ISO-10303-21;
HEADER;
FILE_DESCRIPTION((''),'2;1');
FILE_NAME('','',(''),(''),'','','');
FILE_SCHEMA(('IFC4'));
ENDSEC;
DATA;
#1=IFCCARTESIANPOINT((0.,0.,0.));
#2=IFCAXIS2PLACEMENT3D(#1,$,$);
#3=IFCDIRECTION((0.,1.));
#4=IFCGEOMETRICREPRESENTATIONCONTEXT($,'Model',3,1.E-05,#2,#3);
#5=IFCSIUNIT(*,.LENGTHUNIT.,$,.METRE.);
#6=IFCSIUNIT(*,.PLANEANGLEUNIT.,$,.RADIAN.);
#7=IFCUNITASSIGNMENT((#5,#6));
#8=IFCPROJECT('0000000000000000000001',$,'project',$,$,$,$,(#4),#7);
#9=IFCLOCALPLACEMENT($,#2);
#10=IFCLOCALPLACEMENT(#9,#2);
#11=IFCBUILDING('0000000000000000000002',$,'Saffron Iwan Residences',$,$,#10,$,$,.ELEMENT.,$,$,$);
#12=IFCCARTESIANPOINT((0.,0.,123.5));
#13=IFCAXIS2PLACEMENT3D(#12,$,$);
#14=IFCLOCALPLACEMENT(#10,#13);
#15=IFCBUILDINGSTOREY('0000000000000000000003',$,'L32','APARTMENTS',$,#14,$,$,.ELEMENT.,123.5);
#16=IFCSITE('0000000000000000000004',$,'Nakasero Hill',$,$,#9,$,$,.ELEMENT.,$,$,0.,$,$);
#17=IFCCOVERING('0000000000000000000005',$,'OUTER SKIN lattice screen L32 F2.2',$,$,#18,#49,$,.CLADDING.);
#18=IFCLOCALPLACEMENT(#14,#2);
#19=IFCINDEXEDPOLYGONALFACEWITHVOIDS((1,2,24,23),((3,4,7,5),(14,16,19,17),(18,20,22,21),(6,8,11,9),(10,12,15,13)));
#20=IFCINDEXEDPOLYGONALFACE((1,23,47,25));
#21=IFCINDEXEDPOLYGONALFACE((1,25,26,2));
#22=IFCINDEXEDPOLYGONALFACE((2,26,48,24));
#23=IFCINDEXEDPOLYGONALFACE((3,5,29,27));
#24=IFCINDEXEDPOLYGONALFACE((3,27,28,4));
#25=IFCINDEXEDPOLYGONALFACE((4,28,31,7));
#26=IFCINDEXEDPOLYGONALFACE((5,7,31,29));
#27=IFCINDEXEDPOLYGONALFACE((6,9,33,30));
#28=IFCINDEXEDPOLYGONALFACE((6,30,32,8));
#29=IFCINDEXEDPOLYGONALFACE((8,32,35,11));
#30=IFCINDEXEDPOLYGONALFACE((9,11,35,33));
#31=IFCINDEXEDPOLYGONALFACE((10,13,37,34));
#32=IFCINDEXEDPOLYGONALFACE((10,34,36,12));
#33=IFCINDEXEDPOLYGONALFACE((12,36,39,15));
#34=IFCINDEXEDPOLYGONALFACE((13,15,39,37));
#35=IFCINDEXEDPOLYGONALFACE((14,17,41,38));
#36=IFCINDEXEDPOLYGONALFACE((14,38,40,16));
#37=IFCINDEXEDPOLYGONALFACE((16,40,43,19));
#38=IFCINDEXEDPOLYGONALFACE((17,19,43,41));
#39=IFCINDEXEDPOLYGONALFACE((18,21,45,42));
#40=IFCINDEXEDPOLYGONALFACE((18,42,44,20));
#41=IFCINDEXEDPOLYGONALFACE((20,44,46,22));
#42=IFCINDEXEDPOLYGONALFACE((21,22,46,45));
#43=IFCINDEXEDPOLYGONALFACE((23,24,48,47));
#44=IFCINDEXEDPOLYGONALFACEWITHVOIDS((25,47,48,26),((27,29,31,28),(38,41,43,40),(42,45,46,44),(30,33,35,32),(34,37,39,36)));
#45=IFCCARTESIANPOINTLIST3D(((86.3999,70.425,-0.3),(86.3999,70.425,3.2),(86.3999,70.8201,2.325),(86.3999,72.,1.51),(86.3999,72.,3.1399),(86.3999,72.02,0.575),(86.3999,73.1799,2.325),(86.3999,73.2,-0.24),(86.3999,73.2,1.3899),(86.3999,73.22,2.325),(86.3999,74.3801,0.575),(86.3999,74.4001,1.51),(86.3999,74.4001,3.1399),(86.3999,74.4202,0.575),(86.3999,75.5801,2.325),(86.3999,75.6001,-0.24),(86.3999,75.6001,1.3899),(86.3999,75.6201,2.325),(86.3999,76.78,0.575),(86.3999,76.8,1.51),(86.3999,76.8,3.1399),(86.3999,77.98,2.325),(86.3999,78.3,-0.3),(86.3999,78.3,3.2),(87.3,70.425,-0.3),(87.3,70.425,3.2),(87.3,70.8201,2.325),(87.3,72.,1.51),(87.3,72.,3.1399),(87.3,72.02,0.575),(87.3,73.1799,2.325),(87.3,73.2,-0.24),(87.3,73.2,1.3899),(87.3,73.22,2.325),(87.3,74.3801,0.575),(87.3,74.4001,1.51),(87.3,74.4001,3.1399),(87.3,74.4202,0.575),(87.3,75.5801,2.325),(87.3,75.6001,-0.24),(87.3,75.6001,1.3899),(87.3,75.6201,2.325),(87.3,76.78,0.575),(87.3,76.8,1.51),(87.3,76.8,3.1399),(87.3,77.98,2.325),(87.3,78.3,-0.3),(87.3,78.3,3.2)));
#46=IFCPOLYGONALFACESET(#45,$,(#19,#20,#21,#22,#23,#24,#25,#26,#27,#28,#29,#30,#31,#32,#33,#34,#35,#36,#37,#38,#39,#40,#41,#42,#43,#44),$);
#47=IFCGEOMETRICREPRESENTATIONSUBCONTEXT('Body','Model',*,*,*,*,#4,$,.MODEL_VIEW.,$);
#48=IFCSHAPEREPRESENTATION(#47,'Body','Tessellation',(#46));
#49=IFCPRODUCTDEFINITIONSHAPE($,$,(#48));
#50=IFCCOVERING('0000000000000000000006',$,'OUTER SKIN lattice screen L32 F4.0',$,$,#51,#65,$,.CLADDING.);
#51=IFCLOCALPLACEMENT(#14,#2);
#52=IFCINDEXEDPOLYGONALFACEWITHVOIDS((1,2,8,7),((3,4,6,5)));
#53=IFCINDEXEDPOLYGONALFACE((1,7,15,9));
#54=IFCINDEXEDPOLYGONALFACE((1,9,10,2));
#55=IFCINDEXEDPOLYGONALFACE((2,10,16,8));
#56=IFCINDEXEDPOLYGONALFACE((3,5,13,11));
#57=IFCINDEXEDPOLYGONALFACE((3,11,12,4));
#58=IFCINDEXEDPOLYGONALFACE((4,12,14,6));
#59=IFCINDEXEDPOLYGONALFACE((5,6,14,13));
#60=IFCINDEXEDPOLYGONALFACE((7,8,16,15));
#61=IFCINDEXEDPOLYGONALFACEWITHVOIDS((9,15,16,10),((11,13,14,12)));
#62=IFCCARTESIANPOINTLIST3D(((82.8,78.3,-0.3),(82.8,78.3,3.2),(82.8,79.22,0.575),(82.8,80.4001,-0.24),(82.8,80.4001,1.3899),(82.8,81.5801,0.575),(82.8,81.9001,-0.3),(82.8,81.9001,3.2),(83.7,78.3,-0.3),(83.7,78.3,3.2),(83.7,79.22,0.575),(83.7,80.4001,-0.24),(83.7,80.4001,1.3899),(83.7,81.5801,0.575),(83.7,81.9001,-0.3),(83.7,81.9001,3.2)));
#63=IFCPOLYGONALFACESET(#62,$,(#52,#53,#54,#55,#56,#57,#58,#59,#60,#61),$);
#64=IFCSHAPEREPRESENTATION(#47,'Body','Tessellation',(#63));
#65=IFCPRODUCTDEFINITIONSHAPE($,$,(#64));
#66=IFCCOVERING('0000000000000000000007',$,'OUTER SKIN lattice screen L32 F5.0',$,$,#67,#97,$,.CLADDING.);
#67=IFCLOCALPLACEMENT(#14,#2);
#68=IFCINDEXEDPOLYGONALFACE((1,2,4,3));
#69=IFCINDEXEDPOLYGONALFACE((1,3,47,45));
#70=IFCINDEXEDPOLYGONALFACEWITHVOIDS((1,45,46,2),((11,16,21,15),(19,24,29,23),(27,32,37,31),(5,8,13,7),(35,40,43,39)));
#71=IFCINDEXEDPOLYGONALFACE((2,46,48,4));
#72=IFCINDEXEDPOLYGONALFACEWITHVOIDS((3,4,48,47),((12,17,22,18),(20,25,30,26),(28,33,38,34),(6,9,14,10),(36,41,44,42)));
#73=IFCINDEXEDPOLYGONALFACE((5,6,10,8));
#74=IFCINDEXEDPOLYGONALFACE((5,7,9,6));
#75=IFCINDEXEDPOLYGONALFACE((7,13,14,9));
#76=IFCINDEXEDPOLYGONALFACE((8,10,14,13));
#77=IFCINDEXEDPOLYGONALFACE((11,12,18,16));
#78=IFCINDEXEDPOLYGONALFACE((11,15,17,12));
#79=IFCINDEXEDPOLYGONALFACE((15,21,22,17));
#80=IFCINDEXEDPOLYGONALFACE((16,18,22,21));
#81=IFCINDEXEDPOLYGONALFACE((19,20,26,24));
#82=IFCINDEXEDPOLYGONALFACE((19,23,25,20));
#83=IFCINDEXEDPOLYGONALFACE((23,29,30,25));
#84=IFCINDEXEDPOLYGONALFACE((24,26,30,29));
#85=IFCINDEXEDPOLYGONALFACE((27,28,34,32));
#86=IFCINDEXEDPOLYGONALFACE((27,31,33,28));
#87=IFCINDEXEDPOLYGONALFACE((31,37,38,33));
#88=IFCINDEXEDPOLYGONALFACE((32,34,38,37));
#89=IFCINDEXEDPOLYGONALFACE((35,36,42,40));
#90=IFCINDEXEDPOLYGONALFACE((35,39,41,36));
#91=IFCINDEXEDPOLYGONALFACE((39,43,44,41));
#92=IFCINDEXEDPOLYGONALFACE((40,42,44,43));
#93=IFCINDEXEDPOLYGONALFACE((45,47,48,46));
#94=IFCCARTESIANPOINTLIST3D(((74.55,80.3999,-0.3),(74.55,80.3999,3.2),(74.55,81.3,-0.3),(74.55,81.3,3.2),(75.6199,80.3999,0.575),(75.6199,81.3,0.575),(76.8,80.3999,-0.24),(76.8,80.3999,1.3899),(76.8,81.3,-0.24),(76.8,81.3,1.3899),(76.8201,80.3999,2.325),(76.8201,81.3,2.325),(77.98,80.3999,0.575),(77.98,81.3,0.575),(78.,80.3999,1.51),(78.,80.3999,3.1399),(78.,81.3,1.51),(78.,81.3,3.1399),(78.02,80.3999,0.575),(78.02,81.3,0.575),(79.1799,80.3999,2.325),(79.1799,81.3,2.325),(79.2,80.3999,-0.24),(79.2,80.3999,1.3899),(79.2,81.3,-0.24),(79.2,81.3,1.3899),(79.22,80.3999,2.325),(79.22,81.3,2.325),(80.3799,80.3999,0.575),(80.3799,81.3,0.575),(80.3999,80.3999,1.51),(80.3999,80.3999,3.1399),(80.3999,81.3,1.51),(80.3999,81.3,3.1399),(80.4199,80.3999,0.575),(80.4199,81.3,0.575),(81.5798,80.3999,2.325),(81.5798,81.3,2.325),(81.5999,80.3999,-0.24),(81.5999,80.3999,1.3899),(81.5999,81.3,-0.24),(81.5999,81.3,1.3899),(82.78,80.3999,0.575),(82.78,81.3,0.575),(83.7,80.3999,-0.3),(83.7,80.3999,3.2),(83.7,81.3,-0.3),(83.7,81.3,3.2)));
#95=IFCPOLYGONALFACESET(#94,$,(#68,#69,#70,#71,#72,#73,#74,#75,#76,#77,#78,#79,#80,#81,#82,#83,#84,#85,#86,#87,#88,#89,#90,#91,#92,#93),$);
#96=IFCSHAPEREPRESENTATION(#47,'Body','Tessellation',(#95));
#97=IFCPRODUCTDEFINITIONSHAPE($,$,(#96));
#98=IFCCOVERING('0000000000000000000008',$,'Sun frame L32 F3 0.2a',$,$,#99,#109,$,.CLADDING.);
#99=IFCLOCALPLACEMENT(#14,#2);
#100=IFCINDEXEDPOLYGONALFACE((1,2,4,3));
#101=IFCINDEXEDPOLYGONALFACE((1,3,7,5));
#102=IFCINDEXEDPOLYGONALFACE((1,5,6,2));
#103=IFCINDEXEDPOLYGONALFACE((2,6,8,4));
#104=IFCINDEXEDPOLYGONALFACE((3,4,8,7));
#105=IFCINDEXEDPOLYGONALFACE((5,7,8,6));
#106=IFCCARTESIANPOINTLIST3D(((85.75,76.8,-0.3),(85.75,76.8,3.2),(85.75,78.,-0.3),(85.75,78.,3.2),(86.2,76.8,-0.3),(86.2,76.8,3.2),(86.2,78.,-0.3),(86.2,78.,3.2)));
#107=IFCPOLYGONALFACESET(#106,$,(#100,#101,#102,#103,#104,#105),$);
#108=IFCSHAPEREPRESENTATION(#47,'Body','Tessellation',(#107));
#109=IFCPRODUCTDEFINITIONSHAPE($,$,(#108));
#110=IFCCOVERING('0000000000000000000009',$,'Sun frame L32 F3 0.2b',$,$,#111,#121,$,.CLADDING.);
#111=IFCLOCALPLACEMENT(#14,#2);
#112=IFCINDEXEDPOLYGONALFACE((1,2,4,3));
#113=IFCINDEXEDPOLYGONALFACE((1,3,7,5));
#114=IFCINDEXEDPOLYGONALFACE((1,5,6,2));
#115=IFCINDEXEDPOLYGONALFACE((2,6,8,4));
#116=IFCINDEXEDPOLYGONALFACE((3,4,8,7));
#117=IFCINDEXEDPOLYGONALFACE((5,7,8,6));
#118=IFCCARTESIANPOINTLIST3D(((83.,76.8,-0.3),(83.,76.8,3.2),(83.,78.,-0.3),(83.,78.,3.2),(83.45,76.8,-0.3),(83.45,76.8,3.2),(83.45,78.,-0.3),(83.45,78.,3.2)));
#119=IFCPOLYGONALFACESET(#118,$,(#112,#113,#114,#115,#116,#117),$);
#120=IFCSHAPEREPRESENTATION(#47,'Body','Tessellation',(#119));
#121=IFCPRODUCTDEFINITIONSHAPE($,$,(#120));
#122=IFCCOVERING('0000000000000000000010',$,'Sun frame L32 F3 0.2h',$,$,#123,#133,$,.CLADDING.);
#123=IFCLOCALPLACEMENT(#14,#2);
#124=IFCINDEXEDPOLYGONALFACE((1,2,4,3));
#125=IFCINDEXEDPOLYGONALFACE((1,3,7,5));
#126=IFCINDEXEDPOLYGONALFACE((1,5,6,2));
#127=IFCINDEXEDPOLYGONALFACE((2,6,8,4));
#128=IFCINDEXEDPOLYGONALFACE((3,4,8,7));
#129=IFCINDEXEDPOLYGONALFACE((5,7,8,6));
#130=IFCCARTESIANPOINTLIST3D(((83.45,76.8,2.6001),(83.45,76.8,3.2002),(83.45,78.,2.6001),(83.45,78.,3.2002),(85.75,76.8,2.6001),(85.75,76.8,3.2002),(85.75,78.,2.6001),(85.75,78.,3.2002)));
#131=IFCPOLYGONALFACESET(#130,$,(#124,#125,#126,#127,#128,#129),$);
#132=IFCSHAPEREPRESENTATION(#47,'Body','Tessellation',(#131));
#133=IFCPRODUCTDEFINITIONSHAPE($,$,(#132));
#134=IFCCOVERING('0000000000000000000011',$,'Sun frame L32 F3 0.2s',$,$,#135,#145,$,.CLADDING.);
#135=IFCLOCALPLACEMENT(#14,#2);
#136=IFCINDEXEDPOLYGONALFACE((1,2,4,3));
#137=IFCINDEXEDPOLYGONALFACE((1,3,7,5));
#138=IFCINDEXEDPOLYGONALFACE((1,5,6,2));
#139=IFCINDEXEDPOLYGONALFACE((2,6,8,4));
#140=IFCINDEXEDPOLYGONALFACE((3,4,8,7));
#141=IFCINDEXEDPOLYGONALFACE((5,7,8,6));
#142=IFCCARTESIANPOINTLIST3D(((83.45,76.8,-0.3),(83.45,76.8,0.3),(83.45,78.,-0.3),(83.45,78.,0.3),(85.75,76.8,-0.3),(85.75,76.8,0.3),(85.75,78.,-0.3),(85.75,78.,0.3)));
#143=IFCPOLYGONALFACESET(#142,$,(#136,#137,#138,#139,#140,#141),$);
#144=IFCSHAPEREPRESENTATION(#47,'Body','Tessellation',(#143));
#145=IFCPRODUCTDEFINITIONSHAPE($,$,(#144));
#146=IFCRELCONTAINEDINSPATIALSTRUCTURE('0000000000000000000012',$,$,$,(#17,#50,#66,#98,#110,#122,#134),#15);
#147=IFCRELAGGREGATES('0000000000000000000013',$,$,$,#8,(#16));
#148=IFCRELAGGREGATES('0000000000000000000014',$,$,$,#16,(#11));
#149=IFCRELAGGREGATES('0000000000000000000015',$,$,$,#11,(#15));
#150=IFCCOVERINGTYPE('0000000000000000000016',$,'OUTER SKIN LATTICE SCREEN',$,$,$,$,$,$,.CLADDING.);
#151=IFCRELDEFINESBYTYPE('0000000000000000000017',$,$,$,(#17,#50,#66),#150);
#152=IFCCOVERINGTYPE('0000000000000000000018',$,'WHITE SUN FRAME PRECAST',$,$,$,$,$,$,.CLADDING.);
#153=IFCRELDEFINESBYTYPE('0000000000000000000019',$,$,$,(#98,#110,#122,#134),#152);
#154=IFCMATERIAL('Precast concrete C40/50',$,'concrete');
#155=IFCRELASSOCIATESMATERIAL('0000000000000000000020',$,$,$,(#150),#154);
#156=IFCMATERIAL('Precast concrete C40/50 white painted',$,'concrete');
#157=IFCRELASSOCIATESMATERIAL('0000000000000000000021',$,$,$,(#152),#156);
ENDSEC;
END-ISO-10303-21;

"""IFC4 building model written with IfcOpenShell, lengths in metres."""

from ifc_helpers import new_model, si_unit, direction, frame, origin, place, context, subcontext, project, spatial, polyline, outline, extrude, material, type_object, element, save


model = new_model("IFC4")

# Units and contexts
model_context = context("Model", 3, precision=1e-05, world=origin(), true_north=direction((0.0, 1.0)))
body_context = subcontext(model_context, "Body", "Model", "MODEL_VIEW")
ifc_project = project(units=[si_unit("LENGTHUNIT", "METRE"), si_unit("PLANEANGLEUNIT", "RADIAN")], contexts=[model_context])

# Site, building, storey
site_placement = place(None, origin())
site = spatial("IfcSite", under=ifc_project, at=site_placement, Name="Nakasero Hill", CompositionType="ELEMENT", RefElevation=0.0)
building_placement = place(site_placement, origin())
building = spatial("IfcBuilding", under=site, at=building_placement, Name="Saffron Iwan Residences", CompositionType="ELEMENT")
storey_placement = place(building_placement, frame((0.0, 0.0, 123.5)))
storey = spatial("IfcBuildingStorey", under=building, at=storey_placement, Name="L32", Description="APARTMENTS", CompositionType="ELEMENT", Elevation=123.5)

# Coverings
ifc_material_1 = material(Name="Precast concrete C40/50", Category="concrete")
covering_type_1 = type_object("IfcCoveringType", Name="OUTER SKIN LATTICE SCREEN", PredefinedType="CLADDING", material=ifc_material_1)
covering_1_placement = place(storey_placement, frame((86.3999, 70.425, -0.3), z_axis=(1.0, 0.0, 0.0), x_axis=(0.0, 1.0, 0.0)))
element("IfcCovering", 1, at=covering_1_placement, inside=storey, type_object=covering_type_1, Name="OUTER SKIN lattice screen L32 F2.2", PredefinedType="CLADDING", context=body_context, shape_type="SweptSolid", body=[
    extrude(outline(polyline([(0.0, 0.0), (7.875, 0.0), (7.875, 3.5), (0.0, 3.5), (0.0, 0.0)]), holes=[polyline([(1.595, 0.875), (2.7749, 0.0601), (3.9551, 0.875), (2.7749, 1.6899), (1.595, 0.875)]), polyline([(3.9951, 0.875), (5.175, 0.0601), (6.355, 0.875), (5.175, 1.6899), (3.9951, 0.875)]), polyline([(0.395, 2.625), (1.575, 1.8101), (2.7549, 2.625), (1.575, 3.4399), (0.395, 2.625)]), polyline([(2.7949, 2.625), (3.9751, 1.8101), (5.155, 2.625), (3.9751, 3.4399), (2.7949, 2.625)]), polyline([(5.1951, 2.625), (6.375, 1.8101), (7.5549, 2.625), (6.375, 3.4399), (5.1951, 2.625)])]), origin(), (0.0, 0.0, 1.0), 0.9001),
])
covering_2_placement = place(storey_placement, frame((82.8, 78.3, -0.3), z_axis=(1.0, 0.0, 0.0), x_axis=(0.0, 1.0, 0.0)))
element("IfcCovering", 2, at=covering_2_placement, inside=storey, type_object=covering_type_1, Name="OUTER SKIN lattice screen L32 F4.0", PredefinedType="CLADDING", context=body_context, shape_type="SweptSolid", body=[
    extrude(outline(polyline([(0.0, 0.0), (3.6001, 0.0), (3.6001, 3.5), (0.0, 3.5), (0.0, 0.0)]), holes=[polyline([(0.9199, 0.875), (2.1001, 0.0601), (3.28, 0.875), (2.1001, 1.6899), (0.9199, 0.875)])]), origin(), (0.0, 0.0, 1.0), 0.8999),
])
covering_3_placement = place(storey_placement, frame((83.7, 80.3999, -0.3), z_axis=(0.0, 1.0, 0.0), x_axis=(-1.0, 0.0, 0.0)))
element("IfcCovering", 3, at=covering_3_placement, inside=storey, type_object=covering_type_1, Name="OUTER SKIN lattice screen L32 F5.0", PredefinedType="CLADDING", context=body_context, shape_type="SweptSolid", body=[
    extrude(outline(polyline([(0.0, 0.0), (9.1499, 0.0), (9.1499, 3.5), (0.0, 3.5), (0.0, 0.0)]), holes=[polyline([(0.9199, 0.875), (2.1001, 0.0601), (3.28, 0.875), (2.1001, 1.6899), (0.9199, 0.875)]), polyline([(3.3201, 0.875), (4.5, 0.0601), (5.6799, 0.875), (4.5, 1.6899), (3.3201, 0.875)]), polyline([(5.72, 0.875), (6.8999, 0.0601), (8.0801, 0.875), (6.8999, 1.6899), (5.72, 0.875)]), polyline([(2.1201, 2.625), (3.3, 1.8101), (4.48, 2.625), (3.3, 3.4399), (2.1201, 2.625)]), polyline([(4.52, 2.625), (5.7, 1.8101), (6.8799, 2.625), (5.7, 3.4399), (4.52, 2.625)])]), origin(), (0.0, 0.0, 1.0), 0.9001),
])
ifc_material_2 = material(Name="Precast concrete C40/50 white painted", Category="concrete")
covering_type_2 = type_object("IfcCoveringType", Name="WHITE SUN FRAME PRECAST", PredefinedType="CLADDING", material=ifc_material_2)
for number, where, z_axis, x_axis, name in (
    (4, (86.2, 76.8, -0.3), (0.0, 1.0, 0.0), (-1.0, 0.0, 0.0), "Sun frame L32 F3 0.2a"),
    (5, (83.45, 76.8, -0.3), (0.0, 1.0, 0.0), (-1.0, 0.0, 0.0), "Sun frame L32 F3 0.2b"),
):
    element("IfcCovering", number, at=place(storey_placement, frame(where, z_axis=z_axis, x_axis=x_axis)), inside=storey, type_object=covering_type_2, Name=name, PredefinedType="CLADDING", context=body_context, shape_type="SweptSolid", body=[
        extrude(outline(polyline([(0.0, 0.0), (0.45, 0.0), (0.45, 3.5), (0.0, 3.5), (0.0, 0.0)])), origin(), (0.0, 0.0, 1.0), 1.2),
    ])
for number, where, z_axis, x_axis, name in (
    (6, (85.75, 76.8, 2.6001), (0.0, 1.0, 0.0), (-1.0, 0.0, 0.0), "Sun frame L32 F3 0.2h"),
    (7, (85.75, 76.8, -0.3), (0.0, 1.0, 0.0), (-1.0, 0.0, 0.0), "Sun frame L32 F3 0.2s"),
):
    element("IfcCovering", number, at=place(storey_placement, frame(where, z_axis=z_axis, x_axis=x_axis)), inside=storey, type_object=covering_type_2, Name=name, PredefinedType="CLADDING", context=body_context, shape_type="SweptSolid", body=[
        extrude(outline(polyline([(0.0, 0.0), (2.3, 0.0), (2.3, 0.6001), (0.0, 0.6001), (0.0, 0.0)])), origin(), (0.0, 0.0, 1.0), 1.2),
    ])

save(model, "model.ifc")
